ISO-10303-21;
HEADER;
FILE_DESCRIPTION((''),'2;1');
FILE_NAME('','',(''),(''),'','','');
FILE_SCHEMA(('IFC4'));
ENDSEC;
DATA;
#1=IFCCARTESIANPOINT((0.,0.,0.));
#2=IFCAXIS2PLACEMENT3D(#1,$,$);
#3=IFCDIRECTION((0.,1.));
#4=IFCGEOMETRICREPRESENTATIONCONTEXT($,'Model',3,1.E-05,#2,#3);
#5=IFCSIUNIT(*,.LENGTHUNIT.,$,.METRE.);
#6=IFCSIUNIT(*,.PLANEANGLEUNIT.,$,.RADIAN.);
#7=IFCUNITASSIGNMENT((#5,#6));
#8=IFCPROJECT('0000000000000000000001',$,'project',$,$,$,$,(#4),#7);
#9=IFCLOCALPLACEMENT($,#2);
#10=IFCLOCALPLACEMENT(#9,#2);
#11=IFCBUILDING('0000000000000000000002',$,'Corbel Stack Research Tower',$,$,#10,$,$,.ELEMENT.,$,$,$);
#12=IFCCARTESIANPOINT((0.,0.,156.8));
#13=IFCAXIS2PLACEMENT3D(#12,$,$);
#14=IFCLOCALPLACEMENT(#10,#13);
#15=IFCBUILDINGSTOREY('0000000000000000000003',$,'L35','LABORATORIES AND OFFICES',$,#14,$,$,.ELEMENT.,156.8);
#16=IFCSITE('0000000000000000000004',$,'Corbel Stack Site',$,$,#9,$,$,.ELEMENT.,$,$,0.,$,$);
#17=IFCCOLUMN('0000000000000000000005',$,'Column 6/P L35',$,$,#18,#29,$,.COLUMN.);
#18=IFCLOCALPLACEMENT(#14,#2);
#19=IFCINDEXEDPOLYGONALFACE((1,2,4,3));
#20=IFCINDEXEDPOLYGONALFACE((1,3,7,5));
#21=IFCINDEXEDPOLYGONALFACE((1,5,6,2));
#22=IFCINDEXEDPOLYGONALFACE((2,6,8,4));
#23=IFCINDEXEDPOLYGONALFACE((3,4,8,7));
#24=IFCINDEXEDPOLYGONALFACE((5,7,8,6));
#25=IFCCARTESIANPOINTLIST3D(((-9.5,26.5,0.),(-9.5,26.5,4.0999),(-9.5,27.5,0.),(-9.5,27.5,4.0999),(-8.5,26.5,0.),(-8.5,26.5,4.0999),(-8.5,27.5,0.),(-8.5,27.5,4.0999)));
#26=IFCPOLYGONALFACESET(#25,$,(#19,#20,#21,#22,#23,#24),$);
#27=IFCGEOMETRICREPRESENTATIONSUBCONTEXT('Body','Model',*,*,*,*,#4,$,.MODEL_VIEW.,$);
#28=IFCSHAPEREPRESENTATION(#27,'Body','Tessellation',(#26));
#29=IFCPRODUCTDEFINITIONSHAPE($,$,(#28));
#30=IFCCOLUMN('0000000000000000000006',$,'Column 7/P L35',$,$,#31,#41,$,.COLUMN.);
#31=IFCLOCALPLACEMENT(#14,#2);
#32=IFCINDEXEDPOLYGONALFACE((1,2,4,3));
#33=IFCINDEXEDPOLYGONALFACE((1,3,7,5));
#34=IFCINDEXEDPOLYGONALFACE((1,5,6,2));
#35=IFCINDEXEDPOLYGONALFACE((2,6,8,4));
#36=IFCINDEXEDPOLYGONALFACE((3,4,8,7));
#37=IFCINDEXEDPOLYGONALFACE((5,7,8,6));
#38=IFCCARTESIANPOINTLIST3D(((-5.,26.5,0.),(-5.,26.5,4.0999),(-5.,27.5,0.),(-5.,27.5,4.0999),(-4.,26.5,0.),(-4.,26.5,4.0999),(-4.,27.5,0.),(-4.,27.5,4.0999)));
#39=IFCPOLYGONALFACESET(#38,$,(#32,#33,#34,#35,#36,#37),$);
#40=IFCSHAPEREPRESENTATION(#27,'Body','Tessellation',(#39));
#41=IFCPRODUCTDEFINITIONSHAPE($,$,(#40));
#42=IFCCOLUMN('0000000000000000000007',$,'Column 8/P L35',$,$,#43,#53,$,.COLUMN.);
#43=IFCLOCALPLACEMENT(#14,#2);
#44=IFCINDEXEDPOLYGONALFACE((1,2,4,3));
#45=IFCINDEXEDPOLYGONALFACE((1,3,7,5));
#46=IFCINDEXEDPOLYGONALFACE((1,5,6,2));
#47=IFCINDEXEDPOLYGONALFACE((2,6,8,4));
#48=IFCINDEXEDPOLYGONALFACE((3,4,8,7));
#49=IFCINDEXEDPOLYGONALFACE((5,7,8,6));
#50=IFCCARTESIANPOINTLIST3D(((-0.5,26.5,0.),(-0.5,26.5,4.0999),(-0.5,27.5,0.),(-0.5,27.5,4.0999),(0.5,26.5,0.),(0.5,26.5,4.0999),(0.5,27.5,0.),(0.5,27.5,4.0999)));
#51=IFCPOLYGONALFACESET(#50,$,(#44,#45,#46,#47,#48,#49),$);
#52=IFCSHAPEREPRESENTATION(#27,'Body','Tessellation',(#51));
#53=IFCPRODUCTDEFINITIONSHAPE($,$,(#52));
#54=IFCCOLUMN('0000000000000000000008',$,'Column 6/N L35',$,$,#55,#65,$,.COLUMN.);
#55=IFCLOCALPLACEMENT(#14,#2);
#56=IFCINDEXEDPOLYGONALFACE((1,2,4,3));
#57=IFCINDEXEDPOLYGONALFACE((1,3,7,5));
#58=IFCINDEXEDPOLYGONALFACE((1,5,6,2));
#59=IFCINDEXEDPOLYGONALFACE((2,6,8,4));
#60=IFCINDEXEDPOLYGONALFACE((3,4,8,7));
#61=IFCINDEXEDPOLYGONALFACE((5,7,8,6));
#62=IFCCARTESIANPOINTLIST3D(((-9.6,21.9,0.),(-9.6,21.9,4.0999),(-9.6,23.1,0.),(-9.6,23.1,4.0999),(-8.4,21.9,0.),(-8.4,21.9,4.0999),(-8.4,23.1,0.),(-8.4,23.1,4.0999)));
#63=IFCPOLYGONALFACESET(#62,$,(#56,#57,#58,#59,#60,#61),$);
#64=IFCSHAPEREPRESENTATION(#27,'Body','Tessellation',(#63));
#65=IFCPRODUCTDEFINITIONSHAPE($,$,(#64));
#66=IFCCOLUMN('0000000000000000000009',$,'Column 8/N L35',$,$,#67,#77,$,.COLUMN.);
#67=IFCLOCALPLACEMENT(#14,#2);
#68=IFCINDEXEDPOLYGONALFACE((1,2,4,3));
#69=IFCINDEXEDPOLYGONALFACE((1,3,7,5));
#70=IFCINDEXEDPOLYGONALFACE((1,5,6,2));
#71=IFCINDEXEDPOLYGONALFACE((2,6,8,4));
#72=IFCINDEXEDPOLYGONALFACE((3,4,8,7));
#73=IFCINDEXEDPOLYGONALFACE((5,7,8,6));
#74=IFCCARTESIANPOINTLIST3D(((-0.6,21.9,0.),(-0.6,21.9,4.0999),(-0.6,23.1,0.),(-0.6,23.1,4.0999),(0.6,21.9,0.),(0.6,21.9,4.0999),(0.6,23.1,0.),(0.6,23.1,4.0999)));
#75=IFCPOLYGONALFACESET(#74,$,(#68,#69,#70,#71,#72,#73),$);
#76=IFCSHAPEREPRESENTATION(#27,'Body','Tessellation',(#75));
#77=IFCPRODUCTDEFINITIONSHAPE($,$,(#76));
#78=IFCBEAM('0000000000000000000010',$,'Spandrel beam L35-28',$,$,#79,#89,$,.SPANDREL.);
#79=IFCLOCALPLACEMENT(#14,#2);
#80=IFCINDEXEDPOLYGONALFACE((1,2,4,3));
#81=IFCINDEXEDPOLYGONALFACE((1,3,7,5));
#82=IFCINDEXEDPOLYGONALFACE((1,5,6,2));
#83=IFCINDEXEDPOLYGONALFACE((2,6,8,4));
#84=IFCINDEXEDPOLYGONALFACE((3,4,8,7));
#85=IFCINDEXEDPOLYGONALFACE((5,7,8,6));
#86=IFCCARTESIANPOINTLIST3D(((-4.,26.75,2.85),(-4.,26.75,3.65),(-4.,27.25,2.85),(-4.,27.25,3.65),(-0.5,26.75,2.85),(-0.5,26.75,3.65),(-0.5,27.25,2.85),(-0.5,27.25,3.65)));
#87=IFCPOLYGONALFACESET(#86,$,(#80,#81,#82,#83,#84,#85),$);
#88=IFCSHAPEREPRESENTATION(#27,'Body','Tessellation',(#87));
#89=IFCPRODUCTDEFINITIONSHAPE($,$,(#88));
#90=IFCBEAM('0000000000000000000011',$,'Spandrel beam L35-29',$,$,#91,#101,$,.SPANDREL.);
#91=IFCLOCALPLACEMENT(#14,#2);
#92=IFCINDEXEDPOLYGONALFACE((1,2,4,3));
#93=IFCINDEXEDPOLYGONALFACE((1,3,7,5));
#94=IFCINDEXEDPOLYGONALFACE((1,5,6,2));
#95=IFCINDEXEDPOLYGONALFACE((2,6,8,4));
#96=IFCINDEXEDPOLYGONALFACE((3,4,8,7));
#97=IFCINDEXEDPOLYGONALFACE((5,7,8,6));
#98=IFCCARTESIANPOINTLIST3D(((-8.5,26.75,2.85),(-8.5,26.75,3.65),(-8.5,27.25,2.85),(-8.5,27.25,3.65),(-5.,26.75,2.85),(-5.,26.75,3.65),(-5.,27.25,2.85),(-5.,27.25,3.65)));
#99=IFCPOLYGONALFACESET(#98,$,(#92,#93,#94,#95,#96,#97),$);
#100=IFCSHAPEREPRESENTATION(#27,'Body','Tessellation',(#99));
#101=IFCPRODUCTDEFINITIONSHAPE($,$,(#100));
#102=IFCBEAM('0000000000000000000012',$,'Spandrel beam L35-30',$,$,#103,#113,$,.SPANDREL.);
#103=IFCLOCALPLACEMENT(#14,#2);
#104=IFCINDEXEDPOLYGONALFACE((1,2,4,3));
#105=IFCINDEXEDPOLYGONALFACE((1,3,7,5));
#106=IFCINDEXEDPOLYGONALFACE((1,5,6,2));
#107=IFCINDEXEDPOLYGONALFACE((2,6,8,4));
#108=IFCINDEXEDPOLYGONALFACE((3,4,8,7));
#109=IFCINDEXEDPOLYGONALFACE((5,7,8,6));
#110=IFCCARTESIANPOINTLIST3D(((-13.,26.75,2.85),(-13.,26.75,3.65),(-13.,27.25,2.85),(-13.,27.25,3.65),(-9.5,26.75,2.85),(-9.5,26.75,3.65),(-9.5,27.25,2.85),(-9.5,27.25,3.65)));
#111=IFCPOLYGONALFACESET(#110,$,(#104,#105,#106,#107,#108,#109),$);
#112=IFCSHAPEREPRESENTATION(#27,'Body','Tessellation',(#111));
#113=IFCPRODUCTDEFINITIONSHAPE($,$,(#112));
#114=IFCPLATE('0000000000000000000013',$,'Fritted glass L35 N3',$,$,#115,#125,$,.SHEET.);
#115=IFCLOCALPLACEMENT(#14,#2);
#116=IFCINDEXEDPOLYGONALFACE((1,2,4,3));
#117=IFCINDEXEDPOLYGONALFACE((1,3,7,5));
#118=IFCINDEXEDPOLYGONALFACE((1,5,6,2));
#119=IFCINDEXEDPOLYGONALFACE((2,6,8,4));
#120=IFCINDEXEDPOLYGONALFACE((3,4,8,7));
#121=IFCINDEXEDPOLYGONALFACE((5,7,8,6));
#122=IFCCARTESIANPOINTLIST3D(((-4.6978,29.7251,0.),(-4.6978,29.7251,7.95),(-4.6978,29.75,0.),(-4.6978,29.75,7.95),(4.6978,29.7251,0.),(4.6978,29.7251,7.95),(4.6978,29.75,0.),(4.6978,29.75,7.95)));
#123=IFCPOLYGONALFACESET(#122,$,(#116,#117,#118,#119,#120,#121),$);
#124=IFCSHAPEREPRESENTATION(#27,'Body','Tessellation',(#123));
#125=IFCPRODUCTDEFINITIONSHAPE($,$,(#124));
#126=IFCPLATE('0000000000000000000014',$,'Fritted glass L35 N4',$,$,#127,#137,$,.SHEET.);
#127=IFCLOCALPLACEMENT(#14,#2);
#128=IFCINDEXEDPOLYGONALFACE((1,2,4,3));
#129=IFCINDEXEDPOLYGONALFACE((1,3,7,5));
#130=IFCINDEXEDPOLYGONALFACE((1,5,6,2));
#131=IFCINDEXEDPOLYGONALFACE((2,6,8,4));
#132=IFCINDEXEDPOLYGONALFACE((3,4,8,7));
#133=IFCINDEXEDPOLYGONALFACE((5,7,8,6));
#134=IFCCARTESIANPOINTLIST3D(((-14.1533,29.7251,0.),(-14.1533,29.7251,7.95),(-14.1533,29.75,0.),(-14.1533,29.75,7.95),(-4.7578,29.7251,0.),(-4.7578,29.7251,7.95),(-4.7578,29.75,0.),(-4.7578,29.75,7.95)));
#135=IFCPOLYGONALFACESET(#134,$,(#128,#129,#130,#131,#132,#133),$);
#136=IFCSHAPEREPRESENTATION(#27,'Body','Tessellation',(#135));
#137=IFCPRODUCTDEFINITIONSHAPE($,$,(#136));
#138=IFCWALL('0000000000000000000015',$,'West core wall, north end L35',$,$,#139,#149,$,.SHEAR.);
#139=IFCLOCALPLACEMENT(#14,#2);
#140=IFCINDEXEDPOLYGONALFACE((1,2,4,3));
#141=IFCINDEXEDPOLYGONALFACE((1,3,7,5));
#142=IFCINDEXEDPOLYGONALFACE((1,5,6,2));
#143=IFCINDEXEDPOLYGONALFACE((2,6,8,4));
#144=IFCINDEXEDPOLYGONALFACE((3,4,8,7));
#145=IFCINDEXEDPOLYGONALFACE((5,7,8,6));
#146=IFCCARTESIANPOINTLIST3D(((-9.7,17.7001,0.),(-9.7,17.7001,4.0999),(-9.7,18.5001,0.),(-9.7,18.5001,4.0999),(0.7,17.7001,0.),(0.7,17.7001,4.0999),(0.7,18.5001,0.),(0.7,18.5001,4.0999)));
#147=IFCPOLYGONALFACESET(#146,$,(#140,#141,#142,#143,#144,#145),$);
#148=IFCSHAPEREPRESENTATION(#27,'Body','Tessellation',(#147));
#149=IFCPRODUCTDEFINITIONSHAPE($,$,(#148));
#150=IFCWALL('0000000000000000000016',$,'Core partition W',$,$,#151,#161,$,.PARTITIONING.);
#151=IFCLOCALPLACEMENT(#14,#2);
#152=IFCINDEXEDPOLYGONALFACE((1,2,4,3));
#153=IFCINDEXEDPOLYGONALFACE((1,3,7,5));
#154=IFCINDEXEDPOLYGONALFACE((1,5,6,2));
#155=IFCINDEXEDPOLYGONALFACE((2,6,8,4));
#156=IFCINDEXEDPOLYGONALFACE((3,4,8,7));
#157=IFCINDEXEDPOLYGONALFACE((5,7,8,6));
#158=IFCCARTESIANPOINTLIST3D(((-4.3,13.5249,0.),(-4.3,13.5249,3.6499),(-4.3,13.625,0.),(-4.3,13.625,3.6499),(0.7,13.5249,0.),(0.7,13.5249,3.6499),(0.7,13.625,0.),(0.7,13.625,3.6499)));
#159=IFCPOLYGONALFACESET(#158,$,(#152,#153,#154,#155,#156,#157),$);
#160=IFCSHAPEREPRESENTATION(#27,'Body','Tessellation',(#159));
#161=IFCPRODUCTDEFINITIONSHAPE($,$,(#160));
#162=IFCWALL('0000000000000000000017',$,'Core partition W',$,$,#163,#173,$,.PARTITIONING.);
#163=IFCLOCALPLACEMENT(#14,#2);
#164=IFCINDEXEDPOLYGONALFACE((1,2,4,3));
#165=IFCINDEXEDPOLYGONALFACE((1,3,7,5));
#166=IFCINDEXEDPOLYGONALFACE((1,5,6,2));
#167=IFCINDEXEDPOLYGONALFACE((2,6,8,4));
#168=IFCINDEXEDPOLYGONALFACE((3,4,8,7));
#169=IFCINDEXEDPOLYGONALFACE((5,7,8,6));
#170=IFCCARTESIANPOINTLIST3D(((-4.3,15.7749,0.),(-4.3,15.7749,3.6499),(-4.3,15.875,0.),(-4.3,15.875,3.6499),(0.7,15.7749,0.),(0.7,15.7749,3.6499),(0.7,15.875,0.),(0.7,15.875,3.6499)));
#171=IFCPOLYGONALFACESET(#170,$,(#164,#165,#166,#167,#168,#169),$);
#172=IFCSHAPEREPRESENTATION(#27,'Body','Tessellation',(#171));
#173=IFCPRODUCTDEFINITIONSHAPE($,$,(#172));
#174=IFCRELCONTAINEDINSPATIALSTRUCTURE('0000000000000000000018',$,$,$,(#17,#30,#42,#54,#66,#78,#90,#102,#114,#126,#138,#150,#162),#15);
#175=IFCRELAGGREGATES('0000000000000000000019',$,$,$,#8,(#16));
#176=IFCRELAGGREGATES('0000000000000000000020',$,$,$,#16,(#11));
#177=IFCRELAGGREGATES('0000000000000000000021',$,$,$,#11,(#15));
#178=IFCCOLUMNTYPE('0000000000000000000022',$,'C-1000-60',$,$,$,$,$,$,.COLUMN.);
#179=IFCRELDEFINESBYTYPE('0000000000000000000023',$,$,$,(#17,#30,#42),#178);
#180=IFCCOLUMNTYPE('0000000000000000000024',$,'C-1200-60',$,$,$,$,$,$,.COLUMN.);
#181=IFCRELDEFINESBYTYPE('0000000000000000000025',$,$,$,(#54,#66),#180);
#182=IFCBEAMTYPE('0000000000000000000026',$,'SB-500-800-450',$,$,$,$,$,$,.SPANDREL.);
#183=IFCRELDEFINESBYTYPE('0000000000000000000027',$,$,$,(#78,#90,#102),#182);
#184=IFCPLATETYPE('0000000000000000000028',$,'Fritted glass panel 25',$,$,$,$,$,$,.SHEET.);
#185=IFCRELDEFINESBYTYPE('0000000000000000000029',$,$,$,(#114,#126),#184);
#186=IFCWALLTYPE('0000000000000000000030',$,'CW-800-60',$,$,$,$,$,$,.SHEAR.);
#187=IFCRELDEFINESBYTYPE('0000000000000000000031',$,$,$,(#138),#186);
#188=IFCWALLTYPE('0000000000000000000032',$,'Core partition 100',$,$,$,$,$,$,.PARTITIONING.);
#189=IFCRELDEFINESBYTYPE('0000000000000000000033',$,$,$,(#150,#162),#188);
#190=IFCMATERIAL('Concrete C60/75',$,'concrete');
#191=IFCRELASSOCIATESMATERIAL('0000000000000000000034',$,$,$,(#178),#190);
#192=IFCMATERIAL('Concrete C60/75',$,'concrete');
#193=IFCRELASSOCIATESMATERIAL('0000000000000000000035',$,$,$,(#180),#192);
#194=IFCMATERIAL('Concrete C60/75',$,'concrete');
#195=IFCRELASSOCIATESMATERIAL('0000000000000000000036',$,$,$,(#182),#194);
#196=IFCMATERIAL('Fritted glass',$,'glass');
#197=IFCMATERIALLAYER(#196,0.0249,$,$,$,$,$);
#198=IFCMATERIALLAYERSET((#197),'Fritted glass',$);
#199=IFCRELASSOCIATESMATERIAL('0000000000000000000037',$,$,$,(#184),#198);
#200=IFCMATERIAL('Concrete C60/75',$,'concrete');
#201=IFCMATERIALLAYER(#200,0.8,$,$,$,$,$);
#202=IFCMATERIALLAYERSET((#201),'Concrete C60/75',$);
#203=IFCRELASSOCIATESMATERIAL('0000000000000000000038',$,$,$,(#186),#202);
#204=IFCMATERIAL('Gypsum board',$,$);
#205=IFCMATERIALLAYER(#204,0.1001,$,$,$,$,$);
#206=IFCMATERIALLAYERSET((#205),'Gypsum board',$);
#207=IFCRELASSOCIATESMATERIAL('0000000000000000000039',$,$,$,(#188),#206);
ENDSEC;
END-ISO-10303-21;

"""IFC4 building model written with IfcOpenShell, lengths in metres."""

from ifc_helpers import new_model, si_unit, direction, frame, frame_2d, origin, origin_2d, place, context, subcontext, project, spatial, rectangle, extrude, material, layer, layer_set, material_profile, profile_set, type_object, element, save


model = new_model("IFC4")

# Units and contexts
model_context = context("Model", 3, precision=1e-05, world=origin(), true_north=direction((0.0, 1.0)))
body_context = subcontext(model_context, "Body", "Model", "MODEL_VIEW")
ifc_project = project(units=[si_unit("LENGTHUNIT", "METRE"), si_unit("PLANEANGLEUNIT", "RADIAN")], contexts=[model_context])

# Site, building, storey
site_placement = place(None, origin())
site = spatial("IfcSite", under=ifc_project, at=site_placement, Name="Corbel Stack Site", CompositionType="ELEMENT", RefElevation=0.0)
building_placement = place(site_placement, origin())
building = spatial("IfcBuilding", under=site, at=building_placement, Name="Corbel Stack Research Tower", CompositionType="ELEMENT")
storey_placement = place(building_placement, frame((0.0, 0.0, 156.8)))
storey = spatial("IfcBuildingStorey", under=building, at=storey_placement, Name="L35", Description="LABORATORIES AND OFFICES", CompositionType="ELEMENT", Elevation=156.8)

# Columns
ifc_material_1 = material(Name="Concrete C60/75", Category="concrete")
ifc_material_profile_1 = material_profile(ifc_material_1, rectangle(XDim=1.0, YDim=1.0, at=origin_2d()), Name="RC 1000 x 1000")
ifc_profile_set_1 = profile_set([ifc_material_profile_1], Name="Concrete C60/75")
column_type_1 = type_object("IfcColumnType", Name="C-1000-60", PredefinedType="COLUMN", material=ifc_profile_set_1)
for number, where, z_axis, x_axis, name in (
    (1, (-9.0, 27.0, 0.0), (0.0, 0.0, 1.0), (1.0, 0.0, 0.0), "Column 6/P L35"),
    (2, (-4.5, 27.0, 0.0), (0.0, 0.0, 1.0), (1.0, 0.0, 0.0), "Column 7/P L35"),
    (3, (0.0, 27.0, 0.0), (0.0, 0.0, 1.0), (1.0, 0.0, 0.0), "Column 8/P L35"),
):
    element("IfcColumn", number, at=place(storey_placement, frame(where, z_axis=z_axis, x_axis=x_axis)), inside=storey, type_object=column_type_1, Name=name, PredefinedType="COLUMN", context=body_context, shape_type="SweptSolid", body=[
        extrude(rectangle(XDim=1.0, YDim=1.0, at=origin_2d()), origin(), (0.0, 0.0, 1.0), 4.0999),
    ])
ifc_material_2 = material(Name="Concrete C60/75", Category="concrete")
ifc_material_profile_2 = material_profile(ifc_material_2, rectangle(XDim=1.2, YDim=1.2, at=origin_2d()), Name="RC 1200 x 1200")
ifc_profile_set_2 = profile_set([ifc_material_profile_2], Name="Concrete C60/75")
column_type_2 = type_object("IfcColumnType", Name="C-1200-60", PredefinedType="COLUMN", material=ifc_profile_set_2)
for number, where, z_axis, x_axis, name in (
    (4, (-9.0, 22.5, 0.0), (0.0, 0.0, 1.0), (1.0, 0.0, 0.0), "Column 6/N L35"),
    (5, (0.0, 22.5, 0.0), (0.0, 0.0, 1.0), (1.0, 0.0, 0.0), "Column 8/N L35"),
):
    element("IfcColumn", number, at=place(storey_placement, frame(where, z_axis=z_axis, x_axis=x_axis)), inside=storey, type_object=column_type_2, Name=name, PredefinedType="COLUMN", context=body_context, shape_type="SweptSolid", body=[
        extrude(rectangle(XDim=1.2, YDim=1.2, at=origin_2d()), origin(), (0.0, 0.0, 1.0), 4.0999),
    ])

# Beams
ifc_material_3 = material(Name="Concrete C60/75", Category="concrete")
ifc_material_profile_3 = material_profile(ifc_material_3, rectangle(XDim=0.5, YDim=0.8, at=origin_2d()), Name="RC 500 x 800")
ifc_profile_set_3 = profile_set([ifc_material_profile_3], Name="Concrete C60/75")
beam_type = type_object("IfcBeamType", Name="SB-500-800-450", PredefinedType="SPANDREL", material=ifc_profile_set_3)
for number, where, z_axis, x_axis, name in (
    (6, (-0.5, 27.0, 3.25), (-1.0, 0.0, 0.0), (0.0, -1.0, 0.0), "Spandrel beam L35-28"),
    (7, (-5.0, 27.0, 3.25), (-1.0, 0.0, 0.0), (0.0, -1.0, 0.0), "Spandrel beam L35-29"),
    (8, (-9.5, 27.0, 3.25), (-1.0, 0.0, 0.0), (0.0, -1.0, 0.0), "Spandrel beam L35-30"),
):
    element("IfcBeam", number, at=place(storey_placement, frame(where, z_axis=z_axis, x_axis=x_axis)), inside=storey, type_object=beam_type, Name=name, PredefinedType="SPANDREL", context=body_context, shape_type="SweptSolid", body=[
        extrude(rectangle(XDim=0.5, YDim=0.8, at=origin_2d()), origin(), (0.0, 0.0, 1.0), 3.5),
    ])

# Plates
ifc_material_4 = material(Name="Fritted glass", Category="glass")
ifc_layer_1 = layer(ifc_material_4, 0.0249)
ifc_layer_set_1 = layer_set([ifc_layer_1], Name="Fritted glass")
plate_type = type_object("IfcPlateType", Name="Fritted glass panel 25", PredefinedType="SHEET", material=ifc_layer_set_1)
for number, where, z_axis, x_axis, name in (
    (9, (0.0, 29.7375, 0.0), (0.0, 0.0, 1.0), (-1.0, 0.0, 0.0), "Fritted glass L35 N3"),
    (10, (-9.4556, 29.7375, 0.0), (0.0, 0.0, 1.0), (-1.0, 0.0, 0.0), "Fritted glass L35 N4"),
):
    element("IfcPlate", number, at=place(storey_placement, frame(where, z_axis=z_axis, x_axis=x_axis)), inside=storey, type_object=plate_type, Name=name, PredefinedType="SHEET", context=body_context, shape_type="SweptSolid", body=[
        extrude(rectangle(XDim=9.3955, YDim=0.0249, at=origin_2d()), origin(), (0.0, 0.0, 1.0), 7.95),
    ])

# Walls
ifc_material_5 = material(Name="Concrete C60/75", Category="concrete")
ifc_layer_2 = layer(ifc_material_5, 0.8)
ifc_layer_set_2 = layer_set([ifc_layer_2], Name="Concrete C60/75")
wall_type_1 = type_object("IfcWallType", Name="CW-800-60", PredefinedType="SHEAR", material=ifc_layer_set_2)
wall_1_placement = place(storey_placement, frame((-9.7, 18.1001, 0.0), z_axis=(0.0, 0.0, 1.0), x_axis=(1.0, 0.0, 0.0)))
element("IfcWall", 11, at=wall_1_placement, inside=storey, type_object=wall_type_1, Name="West core wall, north end L35", PredefinedType="SHEAR", context=body_context, shape_type="SweptSolid", body=[
    extrude(rectangle(XDim=10.3999, YDim=0.8, at=frame_2d((5.2, 0.0))), origin(), (0.0, 0.0, 1.0), 4.0999),
])
ifc_material_6 = material(Name="Gypsum board")
ifc_layer_3 = layer(ifc_material_6, 0.1001)
ifc_layer_set_3 = layer_set([ifc_layer_3], Name="Gypsum board")
wall_type_2 = type_object("IfcWallType", Name="Core partition 100", PredefinedType="PARTITIONING", material=ifc_layer_set_3)
for number, where, z_axis, x_axis, name in (
    (12, (-4.3, 13.575, 0.0), (0.0, 0.0, 1.0), (1.0, 0.0, 0.0), "Core partition W"),
    (13, (-4.3, 15.825, 0.0), (0.0, 0.0, 1.0), (1.0, 0.0, 0.0), "Core partition W"),
):
    element("IfcWall", number, at=place(storey_placement, frame(where, z_axis=z_axis, x_axis=x_axis)), inside=storey, type_object=wall_type_2, Name=name, PredefinedType="PARTITIONING", context=body_context, shape_type="SweptSolid", body=[
        extrude(rectangle(XDim=5.0, YDim=0.1001, at=frame_2d((2.5, 0.0))), origin(), (0.0, 0.0, 1.0), 3.6499),
    ])

save(model, "model.ifc")
